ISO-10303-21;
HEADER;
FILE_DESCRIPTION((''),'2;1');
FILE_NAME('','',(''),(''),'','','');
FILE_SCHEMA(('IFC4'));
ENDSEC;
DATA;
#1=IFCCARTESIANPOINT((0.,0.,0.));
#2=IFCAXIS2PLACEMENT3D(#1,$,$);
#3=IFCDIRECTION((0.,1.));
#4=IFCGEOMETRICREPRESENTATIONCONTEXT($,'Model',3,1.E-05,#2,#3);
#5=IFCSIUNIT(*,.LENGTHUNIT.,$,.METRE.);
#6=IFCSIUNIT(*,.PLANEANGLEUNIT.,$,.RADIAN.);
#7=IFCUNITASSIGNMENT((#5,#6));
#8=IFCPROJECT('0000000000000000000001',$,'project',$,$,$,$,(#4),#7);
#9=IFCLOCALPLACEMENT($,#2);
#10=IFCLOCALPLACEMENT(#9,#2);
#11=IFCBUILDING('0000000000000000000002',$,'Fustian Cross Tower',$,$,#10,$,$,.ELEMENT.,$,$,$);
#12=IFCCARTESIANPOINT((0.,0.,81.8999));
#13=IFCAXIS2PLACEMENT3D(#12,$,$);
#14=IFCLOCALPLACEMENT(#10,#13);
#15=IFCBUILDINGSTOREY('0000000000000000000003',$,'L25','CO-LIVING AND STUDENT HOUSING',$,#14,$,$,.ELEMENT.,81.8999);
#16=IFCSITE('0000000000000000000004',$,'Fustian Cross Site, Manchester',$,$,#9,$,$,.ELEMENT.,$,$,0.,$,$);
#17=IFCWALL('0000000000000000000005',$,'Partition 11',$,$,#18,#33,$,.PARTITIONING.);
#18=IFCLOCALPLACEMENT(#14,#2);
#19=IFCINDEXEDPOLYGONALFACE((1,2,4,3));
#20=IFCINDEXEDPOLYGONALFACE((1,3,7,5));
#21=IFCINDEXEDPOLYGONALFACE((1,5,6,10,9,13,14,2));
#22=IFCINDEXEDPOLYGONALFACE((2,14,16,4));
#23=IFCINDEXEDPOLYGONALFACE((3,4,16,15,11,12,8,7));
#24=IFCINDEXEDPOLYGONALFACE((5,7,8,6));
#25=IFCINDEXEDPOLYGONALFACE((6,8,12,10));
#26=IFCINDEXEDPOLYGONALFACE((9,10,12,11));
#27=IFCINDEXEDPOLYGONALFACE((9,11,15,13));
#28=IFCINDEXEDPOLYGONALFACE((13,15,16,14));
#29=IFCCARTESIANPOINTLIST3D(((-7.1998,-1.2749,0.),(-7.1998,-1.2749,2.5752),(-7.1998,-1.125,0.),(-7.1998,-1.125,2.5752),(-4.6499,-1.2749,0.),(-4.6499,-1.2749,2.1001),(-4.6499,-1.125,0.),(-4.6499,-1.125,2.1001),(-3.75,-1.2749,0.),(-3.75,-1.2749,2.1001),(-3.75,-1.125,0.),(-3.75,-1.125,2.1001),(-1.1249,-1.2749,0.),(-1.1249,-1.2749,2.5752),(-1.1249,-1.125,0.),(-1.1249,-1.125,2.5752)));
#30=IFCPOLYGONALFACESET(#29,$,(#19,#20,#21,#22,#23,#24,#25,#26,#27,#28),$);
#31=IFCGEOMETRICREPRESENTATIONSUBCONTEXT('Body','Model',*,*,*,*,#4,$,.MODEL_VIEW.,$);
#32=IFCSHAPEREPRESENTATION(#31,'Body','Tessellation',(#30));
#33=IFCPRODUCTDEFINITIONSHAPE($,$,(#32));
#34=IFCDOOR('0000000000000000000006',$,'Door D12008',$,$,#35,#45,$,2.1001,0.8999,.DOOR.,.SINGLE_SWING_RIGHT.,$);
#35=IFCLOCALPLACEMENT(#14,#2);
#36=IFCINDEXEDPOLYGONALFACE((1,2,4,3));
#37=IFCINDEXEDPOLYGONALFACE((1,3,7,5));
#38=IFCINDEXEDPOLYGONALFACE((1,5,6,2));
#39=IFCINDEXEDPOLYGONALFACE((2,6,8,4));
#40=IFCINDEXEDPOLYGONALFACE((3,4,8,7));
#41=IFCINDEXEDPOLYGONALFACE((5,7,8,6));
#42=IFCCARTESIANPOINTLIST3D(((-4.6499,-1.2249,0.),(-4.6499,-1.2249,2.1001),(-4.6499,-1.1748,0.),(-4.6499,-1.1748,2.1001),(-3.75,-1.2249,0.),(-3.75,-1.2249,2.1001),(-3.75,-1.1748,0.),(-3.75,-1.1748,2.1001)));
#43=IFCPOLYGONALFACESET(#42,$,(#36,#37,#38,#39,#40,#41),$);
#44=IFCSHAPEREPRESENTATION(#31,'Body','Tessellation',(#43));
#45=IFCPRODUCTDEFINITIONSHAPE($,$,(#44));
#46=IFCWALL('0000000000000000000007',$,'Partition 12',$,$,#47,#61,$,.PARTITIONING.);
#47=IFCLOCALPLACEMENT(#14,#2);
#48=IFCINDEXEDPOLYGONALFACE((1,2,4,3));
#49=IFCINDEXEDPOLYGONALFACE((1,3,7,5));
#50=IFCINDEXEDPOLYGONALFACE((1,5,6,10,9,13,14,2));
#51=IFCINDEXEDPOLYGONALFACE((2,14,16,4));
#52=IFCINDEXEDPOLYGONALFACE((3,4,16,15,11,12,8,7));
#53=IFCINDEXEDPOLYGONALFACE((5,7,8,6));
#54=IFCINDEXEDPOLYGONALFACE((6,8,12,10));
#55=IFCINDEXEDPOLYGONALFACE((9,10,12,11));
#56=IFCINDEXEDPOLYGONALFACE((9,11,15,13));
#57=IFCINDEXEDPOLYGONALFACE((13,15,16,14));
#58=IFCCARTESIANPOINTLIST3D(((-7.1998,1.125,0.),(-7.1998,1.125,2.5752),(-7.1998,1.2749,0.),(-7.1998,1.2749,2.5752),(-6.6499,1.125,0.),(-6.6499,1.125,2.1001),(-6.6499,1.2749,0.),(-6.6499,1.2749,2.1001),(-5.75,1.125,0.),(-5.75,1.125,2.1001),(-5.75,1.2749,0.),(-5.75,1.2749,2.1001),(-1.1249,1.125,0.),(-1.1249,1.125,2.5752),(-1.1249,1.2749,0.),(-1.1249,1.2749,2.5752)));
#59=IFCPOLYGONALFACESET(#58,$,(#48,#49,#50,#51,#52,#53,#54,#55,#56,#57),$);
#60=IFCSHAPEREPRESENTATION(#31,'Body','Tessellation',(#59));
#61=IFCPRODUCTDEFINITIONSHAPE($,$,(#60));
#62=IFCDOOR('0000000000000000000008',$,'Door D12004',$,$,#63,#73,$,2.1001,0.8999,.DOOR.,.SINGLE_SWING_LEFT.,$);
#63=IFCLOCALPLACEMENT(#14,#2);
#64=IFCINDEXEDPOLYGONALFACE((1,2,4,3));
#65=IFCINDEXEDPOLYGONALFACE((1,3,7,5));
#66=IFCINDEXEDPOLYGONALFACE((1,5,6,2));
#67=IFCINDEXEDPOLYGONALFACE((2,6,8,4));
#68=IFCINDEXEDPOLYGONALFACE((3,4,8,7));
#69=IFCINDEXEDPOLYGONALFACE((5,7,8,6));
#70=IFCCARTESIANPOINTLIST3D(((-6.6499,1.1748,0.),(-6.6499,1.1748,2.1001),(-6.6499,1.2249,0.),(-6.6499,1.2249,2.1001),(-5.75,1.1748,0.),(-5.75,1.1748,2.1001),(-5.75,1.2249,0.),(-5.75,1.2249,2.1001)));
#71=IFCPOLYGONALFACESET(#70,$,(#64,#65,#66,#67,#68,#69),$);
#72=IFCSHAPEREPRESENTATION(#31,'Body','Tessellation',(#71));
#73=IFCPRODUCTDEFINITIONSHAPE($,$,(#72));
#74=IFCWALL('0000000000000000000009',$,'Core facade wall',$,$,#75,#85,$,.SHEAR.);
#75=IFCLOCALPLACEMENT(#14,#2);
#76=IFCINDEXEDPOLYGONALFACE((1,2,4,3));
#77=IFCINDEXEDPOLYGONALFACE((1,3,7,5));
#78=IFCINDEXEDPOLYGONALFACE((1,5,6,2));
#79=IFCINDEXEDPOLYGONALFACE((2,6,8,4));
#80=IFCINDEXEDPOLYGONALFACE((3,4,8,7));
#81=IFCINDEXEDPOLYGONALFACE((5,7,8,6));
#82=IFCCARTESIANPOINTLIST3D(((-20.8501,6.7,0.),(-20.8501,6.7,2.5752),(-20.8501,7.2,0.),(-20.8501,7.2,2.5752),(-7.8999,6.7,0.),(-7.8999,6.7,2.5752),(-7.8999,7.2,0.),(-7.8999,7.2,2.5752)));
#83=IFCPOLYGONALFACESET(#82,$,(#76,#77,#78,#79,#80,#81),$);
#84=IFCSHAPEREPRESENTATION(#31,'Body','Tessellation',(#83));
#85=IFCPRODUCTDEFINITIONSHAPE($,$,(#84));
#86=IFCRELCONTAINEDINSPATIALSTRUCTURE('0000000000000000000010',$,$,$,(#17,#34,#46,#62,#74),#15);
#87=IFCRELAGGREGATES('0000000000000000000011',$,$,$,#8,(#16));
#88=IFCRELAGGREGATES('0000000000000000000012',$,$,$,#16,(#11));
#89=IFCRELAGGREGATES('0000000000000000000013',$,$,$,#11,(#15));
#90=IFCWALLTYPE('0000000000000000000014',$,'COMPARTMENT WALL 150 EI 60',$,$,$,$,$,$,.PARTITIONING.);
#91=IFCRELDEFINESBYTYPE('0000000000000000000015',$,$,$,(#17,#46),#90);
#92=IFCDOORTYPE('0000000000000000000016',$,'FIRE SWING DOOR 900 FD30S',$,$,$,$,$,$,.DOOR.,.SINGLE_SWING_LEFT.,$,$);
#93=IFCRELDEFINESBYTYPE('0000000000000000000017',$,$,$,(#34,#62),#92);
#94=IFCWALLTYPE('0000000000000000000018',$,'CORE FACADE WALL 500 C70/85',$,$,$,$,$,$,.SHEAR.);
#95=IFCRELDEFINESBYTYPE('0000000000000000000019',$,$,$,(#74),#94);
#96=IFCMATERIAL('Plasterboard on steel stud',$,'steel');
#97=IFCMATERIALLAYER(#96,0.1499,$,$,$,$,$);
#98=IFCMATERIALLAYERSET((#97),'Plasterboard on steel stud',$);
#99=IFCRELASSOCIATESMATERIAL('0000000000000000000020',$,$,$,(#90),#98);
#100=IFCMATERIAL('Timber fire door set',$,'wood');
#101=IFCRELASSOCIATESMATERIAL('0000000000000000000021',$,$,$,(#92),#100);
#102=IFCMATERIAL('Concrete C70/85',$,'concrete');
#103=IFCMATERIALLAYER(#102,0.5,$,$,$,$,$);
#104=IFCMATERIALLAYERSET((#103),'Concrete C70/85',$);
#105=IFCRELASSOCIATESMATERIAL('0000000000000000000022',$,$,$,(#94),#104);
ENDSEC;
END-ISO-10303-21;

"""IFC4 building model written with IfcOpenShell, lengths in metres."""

from ifc_helpers import new_model, si_unit, direction, frame, frame_2d, origin, place, context, subcontext, project, spatial, rectangle, extrude, material, layer, layer_set, type_object, element, fill, save


model = new_model("IFC4")

# Units and contexts
model_context = context("Model", 3, precision=1e-05, world=origin(), true_north=direction((0.0, 1.0)))
body_context = subcontext(model_context, "Body", "Model", "MODEL_VIEW")
ifc_project = project(units=[si_unit("LENGTHUNIT", "METRE"), si_unit("PLANEANGLEUNIT", "RADIAN")], contexts=[model_context])

# Site, building, storey
site_placement = place(None, origin())
site = spatial("IfcSite", under=ifc_project, at=site_placement, Name="Fustian Cross Site, Manchester", CompositionType="ELEMENT", RefElevation=0.0)
building_placement = place(site_placement, origin())
building = spatial("IfcBuilding", under=site, at=building_placement, Name="Fustian Cross Tower", CompositionType="ELEMENT")
storey_placement = place(building_placement, frame((0.0, 0.0, 81.8999)))
storey = spatial("IfcBuildingStorey", under=building, at=storey_placement, Name="L25", Description="CO-LIVING AND STUDENT HOUSING", CompositionType="ELEMENT", Elevation=81.8999)

# Walls, openings, doors
ifc_material_1 = material(Name="Plasterboard on steel stud", Category="steel")
ifc_layer_1 = layer(ifc_material_1, 0.1499)
ifc_layer_set_1 = layer_set([ifc_layer_1], Name="Plasterboard on steel stud")
wall_type_1 = type_object("IfcWallType", Name="COMPARTMENT WALL 150 EI 60", PredefinedType="PARTITIONING", material=ifc_layer_set_1)
wall_1_placement = place(storey_placement, frame((-7.2, -1.2, 0.0), z_axis=(0.0, 0.0, 1.0), x_axis=(1.0, 0.0, 0.0)))
wall_1 = element("IfcWall", 1, at=wall_1_placement, inside=storey, type_object=wall_type_1, Name="Partition 11", PredefinedType="PARTITIONING", context=body_context, shape_type="SweptSolid", body=[
    extrude(rectangle(XDim=6.075, YDim=0.1499, at=frame_2d((3.0376, 0.0))), origin(), (0.0, 0.0, 1.0), 2.5752),
])
opening_1_placement = place(wall_1_placement, frame((2.55, 0.0, 0.0)))
opening_1 = element("IfcOpeningElement", 2, at=opening_1_placement, cuts=wall_1, PredefinedType="OPENING", context=body_context, shape_type="SweptSolid", body=[
    extrude(rectangle(XDim=0.8999, YDim=2.1001, at=frame_2d((0.45, 1.05))), frame((0.0, 0.085, 0.0), z_axis=(0.0, -1.0, 0.0), x_axis=(1.0, 0.0, 0.0)), (0.0, 0.0, 1.0), 0.1699),
])
ifc_material_2 = material(Name="Timber fire door set", Category="wood")
door_type_1 = type_object("IfcDoorType", Name="FIRE SWING DOOR 900 FD30S", OperationType="SINGLE_SWING_LEFT", PredefinedType="DOOR", material=ifc_material_2)
door_1_placement = place(opening_1_placement, frame((0.8999, 0.0, 0.0), z_axis=(0.0, 0.0, 1.0), x_axis=(-1.0, 0.0, 0.0)))
door_1 = element("IfcDoor", 3, at=door_1_placement, inside=storey, type_object=door_type_1, Name="Door D12008", OperationType="SINGLE_SWING_RIGHT", OverallHeight=2.1001, OverallWidth=0.8999, PredefinedType="DOOR", context=body_context, shape_type="SweptSolid", body=[
    extrude(rectangle(XDim=0.8999, YDim=2.1001, at=frame_2d((0.45, 1.05))), frame((0.0, 0.0249, 0.0), z_axis=(0.0, -1.0, 0.0), x_axis=(1.0, 0.0, 0.0)), (0.0, 0.0, 1.0), 0.05),
])
fill(opening_1, door_1)
wall_2_placement = place(storey_placement, frame((-7.2, 1.2, 0.0), z_axis=(0.0, 0.0, 1.0), x_axis=(1.0, 0.0, 0.0)))
wall_2 = element("IfcWall", 4, at=wall_2_placement, inside=storey, type_object=wall_type_1, Name="Partition 12", PredefinedType="PARTITIONING", context=body_context, shape_type="SweptSolid", body=[
    extrude(rectangle(XDim=6.075, YDim=0.1499, at=frame_2d((3.0376, 0.0))), origin(), (0.0, 0.0, 1.0), 2.5752),
])
opening_2_placement = place(wall_2_placement, frame((0.55, 0.0, 0.0)))
opening_2 = element("IfcOpeningElement", 5, at=opening_2_placement, cuts=wall_2, PredefinedType="OPENING", context=body_context, shape_type="SweptSolid", body=[
    extrude(rectangle(XDim=0.8999, YDim=2.1001, at=frame_2d((0.45, 1.05))), frame((0.0, 0.085, 0.0), z_axis=(0.0, -1.0, 0.0), x_axis=(1.0, 0.0, 0.0)), (0.0, 0.0, 1.0), 0.1699),
])
door_2_placement = place(opening_2_placement, origin())
door_2 = element("IfcDoor", 6, at=door_2_placement, inside=storey, type_object=door_type_1, Name="Door D12004", OperationType="SINGLE_SWING_LEFT", OverallHeight=2.1001, OverallWidth=0.8999, PredefinedType="DOOR", context=body_context, shape_type="SweptSolid", body=[
    extrude(rectangle(XDim=0.8999, YDim=2.1001, at=frame_2d((0.45, 1.05))), frame((0.0, 0.0249, 0.0), z_axis=(0.0, -1.0, 0.0), x_axis=(1.0, 0.0, 0.0)), (0.0, 0.0, 1.0), 0.05),
])
fill(opening_2, door_2)

# Wall
ifc_material_3 = material(Name="Concrete C70/85", Category="concrete")
ifc_layer_2 = layer(ifc_material_3, 0.5)
ifc_layer_set_2 = layer_set([ifc_layer_2], Name="Concrete C70/85")
wall_type_2 = type_object("IfcWallType", Name="CORE FACADE WALL 500 C70/85", PredefinedType="SHEAR", material=ifc_layer_set_2)
wall_3_placement = place(storey_placement, frame((-7.8999, 6.95, 0.0), z_axis=(0.0, 0.0, 1.0), x_axis=(-1.0, 0.0, 0.0)))
element("IfcWall", 7, at=wall_3_placement, inside=storey, type_object=wall_type_2, Name="Core facade wall", PredefinedType="SHEAR", context=body_context, shape_type="SweptSolid", body=[
    extrude(rectangle(XDim=12.9502, YDim=0.5, at=frame_2d((6.4751, 0.0))), origin(), (0.0, 0.0, 1.0), 2.5752),
])

save(model, "model.ifc")
